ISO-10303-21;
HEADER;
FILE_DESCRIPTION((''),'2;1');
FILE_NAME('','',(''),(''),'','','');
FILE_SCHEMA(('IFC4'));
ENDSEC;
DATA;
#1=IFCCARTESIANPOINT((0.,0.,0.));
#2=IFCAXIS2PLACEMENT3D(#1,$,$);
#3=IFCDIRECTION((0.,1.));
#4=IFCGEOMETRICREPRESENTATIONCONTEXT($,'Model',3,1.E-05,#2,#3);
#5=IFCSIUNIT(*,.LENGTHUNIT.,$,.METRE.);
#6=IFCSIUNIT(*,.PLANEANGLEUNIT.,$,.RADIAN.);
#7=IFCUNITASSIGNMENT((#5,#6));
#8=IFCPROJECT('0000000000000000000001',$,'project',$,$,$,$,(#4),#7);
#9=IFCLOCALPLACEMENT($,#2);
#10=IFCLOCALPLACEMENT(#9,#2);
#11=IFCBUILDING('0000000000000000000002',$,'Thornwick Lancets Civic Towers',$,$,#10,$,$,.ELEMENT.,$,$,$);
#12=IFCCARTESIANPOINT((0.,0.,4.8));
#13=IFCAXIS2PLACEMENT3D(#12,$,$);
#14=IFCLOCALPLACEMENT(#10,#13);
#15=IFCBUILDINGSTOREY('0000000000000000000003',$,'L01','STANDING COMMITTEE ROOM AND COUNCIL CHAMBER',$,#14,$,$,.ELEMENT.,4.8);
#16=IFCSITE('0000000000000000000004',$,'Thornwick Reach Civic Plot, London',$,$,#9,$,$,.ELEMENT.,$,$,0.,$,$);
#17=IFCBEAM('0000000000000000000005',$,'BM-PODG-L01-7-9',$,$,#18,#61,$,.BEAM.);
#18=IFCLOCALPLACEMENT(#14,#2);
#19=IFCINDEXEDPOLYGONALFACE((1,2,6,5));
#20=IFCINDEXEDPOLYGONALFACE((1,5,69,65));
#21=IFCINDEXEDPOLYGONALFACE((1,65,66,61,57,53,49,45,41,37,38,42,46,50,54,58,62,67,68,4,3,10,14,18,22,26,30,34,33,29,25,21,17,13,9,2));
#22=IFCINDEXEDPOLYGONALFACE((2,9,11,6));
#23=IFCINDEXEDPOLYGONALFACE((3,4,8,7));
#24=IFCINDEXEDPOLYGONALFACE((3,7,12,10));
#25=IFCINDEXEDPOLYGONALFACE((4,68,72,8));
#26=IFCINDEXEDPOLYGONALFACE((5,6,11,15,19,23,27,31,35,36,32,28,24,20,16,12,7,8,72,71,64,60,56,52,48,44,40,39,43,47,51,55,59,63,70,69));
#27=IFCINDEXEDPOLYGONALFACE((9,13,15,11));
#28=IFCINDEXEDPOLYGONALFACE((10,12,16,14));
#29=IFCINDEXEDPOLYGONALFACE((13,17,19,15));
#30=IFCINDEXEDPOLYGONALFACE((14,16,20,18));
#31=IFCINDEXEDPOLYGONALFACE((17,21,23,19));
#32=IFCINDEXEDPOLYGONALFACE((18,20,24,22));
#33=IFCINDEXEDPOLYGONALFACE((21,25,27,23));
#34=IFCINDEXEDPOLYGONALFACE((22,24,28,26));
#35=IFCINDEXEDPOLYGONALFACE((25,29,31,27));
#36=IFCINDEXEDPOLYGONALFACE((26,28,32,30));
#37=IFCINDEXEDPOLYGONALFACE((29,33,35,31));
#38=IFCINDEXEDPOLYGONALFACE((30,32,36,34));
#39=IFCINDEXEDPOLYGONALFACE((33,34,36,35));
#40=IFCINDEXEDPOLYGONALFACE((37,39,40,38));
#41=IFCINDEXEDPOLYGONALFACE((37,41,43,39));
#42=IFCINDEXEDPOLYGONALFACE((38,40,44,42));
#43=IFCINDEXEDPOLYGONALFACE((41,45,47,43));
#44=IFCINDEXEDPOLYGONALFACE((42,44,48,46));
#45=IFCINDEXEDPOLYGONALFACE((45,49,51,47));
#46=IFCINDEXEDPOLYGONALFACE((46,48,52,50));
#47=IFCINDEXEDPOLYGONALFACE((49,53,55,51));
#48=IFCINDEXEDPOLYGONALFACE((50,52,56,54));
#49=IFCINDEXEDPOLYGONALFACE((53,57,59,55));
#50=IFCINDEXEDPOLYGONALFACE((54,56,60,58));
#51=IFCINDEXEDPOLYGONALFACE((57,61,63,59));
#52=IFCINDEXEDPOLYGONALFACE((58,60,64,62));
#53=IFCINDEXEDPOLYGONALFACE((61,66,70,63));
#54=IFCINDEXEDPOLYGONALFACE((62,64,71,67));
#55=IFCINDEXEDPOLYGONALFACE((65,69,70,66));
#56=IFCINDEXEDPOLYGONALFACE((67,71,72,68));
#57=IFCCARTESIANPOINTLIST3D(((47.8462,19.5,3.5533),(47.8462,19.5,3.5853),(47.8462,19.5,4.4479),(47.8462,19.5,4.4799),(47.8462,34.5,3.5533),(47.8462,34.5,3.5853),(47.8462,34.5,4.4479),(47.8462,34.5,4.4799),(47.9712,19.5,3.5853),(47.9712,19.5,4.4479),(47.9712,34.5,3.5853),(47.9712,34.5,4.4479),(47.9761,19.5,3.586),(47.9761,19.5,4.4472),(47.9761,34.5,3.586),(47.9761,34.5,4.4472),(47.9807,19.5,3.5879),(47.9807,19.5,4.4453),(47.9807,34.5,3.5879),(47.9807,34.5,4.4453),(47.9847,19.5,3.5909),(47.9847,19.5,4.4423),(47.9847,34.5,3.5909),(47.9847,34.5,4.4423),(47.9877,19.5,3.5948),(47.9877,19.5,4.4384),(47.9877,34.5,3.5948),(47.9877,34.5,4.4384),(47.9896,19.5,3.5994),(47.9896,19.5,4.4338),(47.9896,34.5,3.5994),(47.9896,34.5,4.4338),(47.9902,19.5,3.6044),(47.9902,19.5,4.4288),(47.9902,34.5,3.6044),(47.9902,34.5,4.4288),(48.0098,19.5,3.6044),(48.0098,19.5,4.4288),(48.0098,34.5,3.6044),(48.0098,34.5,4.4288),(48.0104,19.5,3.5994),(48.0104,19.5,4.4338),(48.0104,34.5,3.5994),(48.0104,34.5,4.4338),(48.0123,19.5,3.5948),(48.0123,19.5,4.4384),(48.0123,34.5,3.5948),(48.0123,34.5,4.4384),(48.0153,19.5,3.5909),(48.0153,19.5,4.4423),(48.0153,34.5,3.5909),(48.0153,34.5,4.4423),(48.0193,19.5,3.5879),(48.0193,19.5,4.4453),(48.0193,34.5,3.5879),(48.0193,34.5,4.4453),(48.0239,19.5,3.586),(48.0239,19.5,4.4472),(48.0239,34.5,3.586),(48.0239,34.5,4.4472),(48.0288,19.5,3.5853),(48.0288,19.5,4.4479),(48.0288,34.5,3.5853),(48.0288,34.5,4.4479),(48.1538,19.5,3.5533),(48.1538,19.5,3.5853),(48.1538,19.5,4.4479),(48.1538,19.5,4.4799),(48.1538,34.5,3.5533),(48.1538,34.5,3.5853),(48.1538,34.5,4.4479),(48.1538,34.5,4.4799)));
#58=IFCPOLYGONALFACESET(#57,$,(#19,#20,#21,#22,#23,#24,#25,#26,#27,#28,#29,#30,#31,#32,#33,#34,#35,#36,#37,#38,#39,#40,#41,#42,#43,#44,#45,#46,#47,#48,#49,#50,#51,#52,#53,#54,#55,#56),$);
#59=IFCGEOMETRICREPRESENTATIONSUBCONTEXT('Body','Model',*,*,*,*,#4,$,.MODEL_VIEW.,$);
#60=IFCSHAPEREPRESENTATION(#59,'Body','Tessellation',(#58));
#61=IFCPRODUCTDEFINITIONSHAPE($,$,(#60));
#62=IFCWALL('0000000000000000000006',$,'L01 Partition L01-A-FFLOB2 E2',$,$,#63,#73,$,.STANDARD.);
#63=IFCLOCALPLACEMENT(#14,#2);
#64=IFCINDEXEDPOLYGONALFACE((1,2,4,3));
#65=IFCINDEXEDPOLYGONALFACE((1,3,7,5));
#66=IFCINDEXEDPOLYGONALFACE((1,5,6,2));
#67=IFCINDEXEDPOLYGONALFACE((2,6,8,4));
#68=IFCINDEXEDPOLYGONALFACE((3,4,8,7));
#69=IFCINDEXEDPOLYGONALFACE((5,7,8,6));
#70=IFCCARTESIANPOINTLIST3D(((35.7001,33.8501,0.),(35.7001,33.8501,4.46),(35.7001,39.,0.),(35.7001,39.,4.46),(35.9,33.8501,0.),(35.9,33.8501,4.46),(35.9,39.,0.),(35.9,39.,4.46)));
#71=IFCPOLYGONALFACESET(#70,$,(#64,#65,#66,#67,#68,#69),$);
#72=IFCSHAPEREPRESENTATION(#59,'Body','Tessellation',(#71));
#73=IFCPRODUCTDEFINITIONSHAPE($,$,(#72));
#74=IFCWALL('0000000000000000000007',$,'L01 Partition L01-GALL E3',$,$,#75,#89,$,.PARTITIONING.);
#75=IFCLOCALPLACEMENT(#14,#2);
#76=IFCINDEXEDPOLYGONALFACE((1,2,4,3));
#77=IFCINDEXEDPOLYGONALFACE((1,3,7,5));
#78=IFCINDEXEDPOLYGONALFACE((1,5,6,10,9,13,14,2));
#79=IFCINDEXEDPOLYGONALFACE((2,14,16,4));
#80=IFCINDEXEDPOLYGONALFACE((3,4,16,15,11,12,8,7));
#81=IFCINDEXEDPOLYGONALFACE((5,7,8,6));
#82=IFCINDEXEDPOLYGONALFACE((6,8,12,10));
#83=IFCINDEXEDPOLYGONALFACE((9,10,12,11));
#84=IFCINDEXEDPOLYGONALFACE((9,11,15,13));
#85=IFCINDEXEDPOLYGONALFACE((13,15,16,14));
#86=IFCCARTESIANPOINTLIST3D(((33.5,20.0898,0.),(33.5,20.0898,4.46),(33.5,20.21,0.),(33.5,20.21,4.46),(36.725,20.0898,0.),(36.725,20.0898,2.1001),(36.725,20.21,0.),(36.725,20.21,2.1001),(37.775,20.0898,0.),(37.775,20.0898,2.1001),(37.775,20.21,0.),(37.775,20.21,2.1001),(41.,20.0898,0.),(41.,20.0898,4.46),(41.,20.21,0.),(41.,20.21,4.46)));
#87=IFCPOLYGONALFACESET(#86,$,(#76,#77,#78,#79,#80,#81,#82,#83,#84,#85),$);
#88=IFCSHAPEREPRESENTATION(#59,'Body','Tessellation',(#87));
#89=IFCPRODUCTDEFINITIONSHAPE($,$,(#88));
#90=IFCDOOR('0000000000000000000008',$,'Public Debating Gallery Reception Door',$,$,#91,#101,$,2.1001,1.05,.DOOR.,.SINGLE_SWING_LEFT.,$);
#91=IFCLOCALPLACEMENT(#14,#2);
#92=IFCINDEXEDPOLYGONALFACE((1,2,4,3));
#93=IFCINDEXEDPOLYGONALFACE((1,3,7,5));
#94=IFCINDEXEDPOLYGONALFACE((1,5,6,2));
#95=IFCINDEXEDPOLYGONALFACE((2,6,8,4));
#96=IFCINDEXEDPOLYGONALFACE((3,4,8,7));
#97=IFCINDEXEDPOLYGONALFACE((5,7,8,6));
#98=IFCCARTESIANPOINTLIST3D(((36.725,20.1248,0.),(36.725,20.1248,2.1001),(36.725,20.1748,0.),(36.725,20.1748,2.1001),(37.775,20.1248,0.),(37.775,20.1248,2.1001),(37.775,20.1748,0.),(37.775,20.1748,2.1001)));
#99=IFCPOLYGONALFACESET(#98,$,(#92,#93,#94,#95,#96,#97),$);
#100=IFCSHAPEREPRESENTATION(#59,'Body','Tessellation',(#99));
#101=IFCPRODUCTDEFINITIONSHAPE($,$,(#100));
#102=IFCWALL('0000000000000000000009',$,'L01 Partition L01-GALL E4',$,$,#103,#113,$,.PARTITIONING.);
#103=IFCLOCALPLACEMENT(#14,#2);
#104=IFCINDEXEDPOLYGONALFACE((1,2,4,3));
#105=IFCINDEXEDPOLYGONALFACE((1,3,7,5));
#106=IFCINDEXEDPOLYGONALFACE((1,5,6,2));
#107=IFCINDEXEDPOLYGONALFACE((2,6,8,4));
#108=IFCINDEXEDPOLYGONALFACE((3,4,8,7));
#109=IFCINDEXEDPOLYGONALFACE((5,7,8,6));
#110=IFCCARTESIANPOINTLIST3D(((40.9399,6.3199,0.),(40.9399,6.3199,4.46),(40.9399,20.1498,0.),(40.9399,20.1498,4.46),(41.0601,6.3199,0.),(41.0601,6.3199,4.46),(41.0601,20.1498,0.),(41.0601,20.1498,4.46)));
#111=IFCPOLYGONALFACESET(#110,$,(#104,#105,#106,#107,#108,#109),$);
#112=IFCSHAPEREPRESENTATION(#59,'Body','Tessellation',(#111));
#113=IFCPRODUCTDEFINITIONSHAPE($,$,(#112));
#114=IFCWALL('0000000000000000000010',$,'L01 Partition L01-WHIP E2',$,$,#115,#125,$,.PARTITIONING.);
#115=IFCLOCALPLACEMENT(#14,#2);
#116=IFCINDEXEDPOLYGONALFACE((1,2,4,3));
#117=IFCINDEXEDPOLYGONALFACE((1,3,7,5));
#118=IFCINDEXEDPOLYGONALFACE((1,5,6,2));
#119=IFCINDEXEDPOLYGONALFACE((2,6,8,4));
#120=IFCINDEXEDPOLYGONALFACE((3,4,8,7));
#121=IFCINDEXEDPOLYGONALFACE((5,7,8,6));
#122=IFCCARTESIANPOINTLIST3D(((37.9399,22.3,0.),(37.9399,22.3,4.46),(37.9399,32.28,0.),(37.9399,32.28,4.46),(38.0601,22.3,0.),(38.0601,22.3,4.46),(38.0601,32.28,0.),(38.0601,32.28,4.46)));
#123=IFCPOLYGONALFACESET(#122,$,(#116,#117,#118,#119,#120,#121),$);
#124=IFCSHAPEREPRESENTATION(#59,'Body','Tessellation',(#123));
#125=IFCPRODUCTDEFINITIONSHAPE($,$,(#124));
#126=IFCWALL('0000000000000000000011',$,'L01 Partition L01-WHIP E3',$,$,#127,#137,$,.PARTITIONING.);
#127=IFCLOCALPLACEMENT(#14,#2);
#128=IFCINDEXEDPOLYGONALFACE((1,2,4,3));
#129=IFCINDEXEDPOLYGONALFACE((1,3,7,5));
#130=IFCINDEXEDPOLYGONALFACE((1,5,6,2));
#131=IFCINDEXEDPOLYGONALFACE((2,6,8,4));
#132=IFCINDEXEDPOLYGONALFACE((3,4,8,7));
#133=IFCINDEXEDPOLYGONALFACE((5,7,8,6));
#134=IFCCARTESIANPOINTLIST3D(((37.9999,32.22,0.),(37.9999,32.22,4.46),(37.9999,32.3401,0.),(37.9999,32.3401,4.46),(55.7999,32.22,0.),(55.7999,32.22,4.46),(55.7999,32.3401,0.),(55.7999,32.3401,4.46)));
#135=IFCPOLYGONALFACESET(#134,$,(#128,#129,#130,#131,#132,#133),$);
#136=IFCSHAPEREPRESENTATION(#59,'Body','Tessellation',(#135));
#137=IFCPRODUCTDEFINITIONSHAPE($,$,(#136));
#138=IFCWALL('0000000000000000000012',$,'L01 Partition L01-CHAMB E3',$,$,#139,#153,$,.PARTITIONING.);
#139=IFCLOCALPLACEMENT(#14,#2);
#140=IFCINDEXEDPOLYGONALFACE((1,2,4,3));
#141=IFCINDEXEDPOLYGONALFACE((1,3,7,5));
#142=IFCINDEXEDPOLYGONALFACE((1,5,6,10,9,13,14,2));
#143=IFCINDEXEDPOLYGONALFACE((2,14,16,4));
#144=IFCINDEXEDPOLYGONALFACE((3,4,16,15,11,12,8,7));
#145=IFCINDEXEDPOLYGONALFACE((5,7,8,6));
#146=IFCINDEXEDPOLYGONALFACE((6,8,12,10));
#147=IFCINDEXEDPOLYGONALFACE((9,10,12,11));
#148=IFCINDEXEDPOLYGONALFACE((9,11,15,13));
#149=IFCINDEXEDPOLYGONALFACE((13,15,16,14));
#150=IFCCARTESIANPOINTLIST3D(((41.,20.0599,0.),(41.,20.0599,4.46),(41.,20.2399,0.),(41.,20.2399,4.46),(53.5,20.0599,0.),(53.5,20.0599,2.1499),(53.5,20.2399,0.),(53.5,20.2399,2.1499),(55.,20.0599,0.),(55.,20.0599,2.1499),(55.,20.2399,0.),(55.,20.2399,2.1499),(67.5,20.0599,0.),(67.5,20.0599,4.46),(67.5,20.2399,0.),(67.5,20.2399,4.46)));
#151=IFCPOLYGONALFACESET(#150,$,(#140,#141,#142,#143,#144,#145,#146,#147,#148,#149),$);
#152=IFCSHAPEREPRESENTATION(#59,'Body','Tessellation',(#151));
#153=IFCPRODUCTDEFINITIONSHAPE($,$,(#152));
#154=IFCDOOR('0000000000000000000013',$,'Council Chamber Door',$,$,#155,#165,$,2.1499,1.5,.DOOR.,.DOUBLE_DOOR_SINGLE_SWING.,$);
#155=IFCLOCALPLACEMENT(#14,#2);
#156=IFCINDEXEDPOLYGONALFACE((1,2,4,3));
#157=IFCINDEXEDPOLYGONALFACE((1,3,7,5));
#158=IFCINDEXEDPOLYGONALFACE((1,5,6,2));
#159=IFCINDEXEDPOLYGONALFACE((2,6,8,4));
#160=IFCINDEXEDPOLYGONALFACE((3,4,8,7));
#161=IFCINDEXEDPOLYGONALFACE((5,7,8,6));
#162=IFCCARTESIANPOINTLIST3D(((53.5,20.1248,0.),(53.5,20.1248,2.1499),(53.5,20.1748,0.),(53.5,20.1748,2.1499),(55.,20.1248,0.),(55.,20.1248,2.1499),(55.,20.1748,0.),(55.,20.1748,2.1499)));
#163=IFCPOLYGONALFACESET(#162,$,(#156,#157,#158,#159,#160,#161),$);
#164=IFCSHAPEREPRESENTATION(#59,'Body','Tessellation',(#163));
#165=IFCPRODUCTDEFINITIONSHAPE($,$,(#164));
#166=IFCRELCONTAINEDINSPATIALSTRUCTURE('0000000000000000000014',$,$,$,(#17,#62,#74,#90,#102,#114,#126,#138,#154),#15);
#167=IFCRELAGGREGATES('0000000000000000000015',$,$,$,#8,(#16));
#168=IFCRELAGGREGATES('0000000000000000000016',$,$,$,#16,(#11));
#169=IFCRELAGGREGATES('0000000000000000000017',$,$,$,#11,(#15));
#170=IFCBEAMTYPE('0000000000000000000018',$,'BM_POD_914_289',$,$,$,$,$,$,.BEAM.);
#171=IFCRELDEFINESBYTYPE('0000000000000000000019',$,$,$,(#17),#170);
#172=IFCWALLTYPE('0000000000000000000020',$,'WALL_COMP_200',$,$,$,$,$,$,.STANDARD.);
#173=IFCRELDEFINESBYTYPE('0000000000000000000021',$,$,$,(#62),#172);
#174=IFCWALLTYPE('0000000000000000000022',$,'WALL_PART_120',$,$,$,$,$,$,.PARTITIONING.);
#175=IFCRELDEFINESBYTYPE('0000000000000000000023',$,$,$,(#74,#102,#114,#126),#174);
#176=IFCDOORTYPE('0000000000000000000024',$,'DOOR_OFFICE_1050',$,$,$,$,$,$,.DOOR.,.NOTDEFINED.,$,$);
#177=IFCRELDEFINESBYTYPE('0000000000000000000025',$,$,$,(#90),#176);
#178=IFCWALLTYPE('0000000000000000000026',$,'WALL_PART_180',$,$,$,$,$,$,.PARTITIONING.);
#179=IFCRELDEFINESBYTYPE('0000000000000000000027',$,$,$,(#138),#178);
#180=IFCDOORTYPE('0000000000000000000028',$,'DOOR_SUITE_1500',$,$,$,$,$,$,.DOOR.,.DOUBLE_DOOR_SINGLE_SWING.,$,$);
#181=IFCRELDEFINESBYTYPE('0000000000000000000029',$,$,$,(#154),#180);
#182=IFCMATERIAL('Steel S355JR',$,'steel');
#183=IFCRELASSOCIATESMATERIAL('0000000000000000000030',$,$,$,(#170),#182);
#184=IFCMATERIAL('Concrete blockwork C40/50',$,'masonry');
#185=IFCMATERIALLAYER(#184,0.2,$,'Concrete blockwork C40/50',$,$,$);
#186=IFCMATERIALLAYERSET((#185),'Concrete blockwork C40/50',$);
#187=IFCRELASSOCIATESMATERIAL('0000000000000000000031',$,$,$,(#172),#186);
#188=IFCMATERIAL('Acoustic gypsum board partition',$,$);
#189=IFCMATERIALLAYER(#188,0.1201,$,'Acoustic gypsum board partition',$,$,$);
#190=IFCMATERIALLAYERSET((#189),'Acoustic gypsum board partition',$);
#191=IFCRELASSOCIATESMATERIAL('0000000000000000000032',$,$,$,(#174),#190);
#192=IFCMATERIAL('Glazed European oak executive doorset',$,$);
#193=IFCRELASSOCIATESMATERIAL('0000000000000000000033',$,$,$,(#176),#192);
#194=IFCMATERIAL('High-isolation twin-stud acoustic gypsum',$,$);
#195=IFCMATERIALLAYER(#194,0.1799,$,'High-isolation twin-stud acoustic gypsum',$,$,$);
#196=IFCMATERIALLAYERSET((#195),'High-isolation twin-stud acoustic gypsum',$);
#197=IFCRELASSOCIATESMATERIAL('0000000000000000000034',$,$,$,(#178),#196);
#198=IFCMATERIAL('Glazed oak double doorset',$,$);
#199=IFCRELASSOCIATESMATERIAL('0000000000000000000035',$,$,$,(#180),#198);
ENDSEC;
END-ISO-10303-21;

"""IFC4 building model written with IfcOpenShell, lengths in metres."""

from ifc_helpers import new_model, si_unit, direction, frame, frame_2d, origin, origin_2d, place, context, subcontext, project, spatial, rectangle, i_section, extrude, material, layer, layer_set, material_profile, profile_set, type_object, element, fill, save


model = new_model("IFC4")

# Units and contexts
model_context = context("Model", 3, precision=1e-05, world=origin(), true_north=direction((0.0, 1.0)))
body_context = subcontext(model_context, "Body", "Model", "MODEL_VIEW")
ifc_project = project(units=[si_unit("LENGTHUNIT", "METRE"), si_unit("PLANEANGLEUNIT", "RADIAN")], contexts=[model_context])

# Site, building, storey
site_placement = place(None, origin())
site = spatial("IfcSite", under=ifc_project, at=site_placement, Name="Thornwick Reach Civic Plot, London", CompositionType="ELEMENT", RefElevation=0.0)
building_placement = place(site_placement, origin())
building = spatial("IfcBuilding", under=site, at=building_placement, Name="Thornwick Lancets Civic Towers", CompositionType="ELEMENT")
storey_placement = place(building_placement, frame((0.0, 0.0, 4.8)))
storey = spatial("IfcBuildingStorey", under=building, at=storey_placement, Name="L01", Description="STANDING COMMITTEE ROOM AND COUNCIL CHAMBER", CompositionType="ELEMENT", Elevation=4.8)

# Beam
ifc_material_1 = material(Name="Steel S355JR", Category="steel")
ifc_material_profile_1 = material_profile(ifc_material_1, i_section(OverallWidth=0.3076, OverallDepth=0.9265, WebThickness=0.0195, FlangeThickness=0.032, FilletRadius=0.019, at=origin_2d()), Name="UKB 914x305x289")
ifc_profile_set_1 = profile_set([ifc_material_profile_1], Name="Steel S355JR")
beam_type_1 = type_object("IfcBeamType", Name="BM_POD_914_289", PredefinedType="BEAM", material=ifc_profile_set_1)
beam_1_placement = place(storey_placement, frame((48.0, 19.5, 4.0166), z_axis=(0.0, 1.0, 0.0), x_axis=(-1.0, 0.0, 0.0)))
element("IfcBeam", 1, at=beam_1_placement, inside=storey, type_object=beam_type_1, Name="BM-PODG-L01-7-9", PredefinedType="BEAM", context=body_context, shape_type="SweptSolid", body=[
    extrude(i_section(OverallWidth=0.3076, OverallDepth=0.9265, WebThickness=0.0195, FlangeThickness=0.032, FilletRadius=0.019, at=origin_2d()), origin(), (0.0, 0.0, 1.0), 15.0),
])

# Wall
ifc_material_2 = material(Name="Concrete blockwork C40/50", Category="masonry")
ifc_layer_1 = layer(ifc_material_2, 0.2, Name="Concrete blockwork C40/50")
ifc_layer_set_1 = layer_set([ifc_layer_1], Name="Concrete blockwork C40/50")
wall_type_1 = type_object("IfcWallType", Name="WALL_COMP_200", PredefinedType="STANDARD", material=ifc_layer_set_1)
wall_1_placement = place(storey_placement, frame((35.8, 33.8501, 0.0), z_axis=(0.0, 0.0, 1.0), x_axis=(0.0, 1.0, 0.0)))
element("IfcWall", 2, at=wall_1_placement, inside=storey, type_object=wall_type_1, Name="L01 Partition L01-A-FFLOB2 E2", PredefinedType="STANDARD", context=body_context, shape_type="SweptSolid", body=[
    extrude(rectangle(XDim=5.1499, YDim=0.2, at=frame_2d((2.575, 0.0))), origin(), (0.0, 0.0, 1.0), 4.46),
])

# Wall, opening, door
ifc_material_3 = material(Name="Acoustic gypsum board partition")
ifc_layer_2 = layer(ifc_material_3, 0.1201, Name="Acoustic gypsum board partition")
ifc_layer_set_2 = layer_set([ifc_layer_2], Name="Acoustic gypsum board partition")
wall_type_2 = type_object("IfcWallType", Name="WALL_PART_120", PredefinedType="PARTITIONING", material=ifc_layer_set_2)
wall_2_placement = place(storey_placement, frame((33.5, 20.1499, 0.0), z_axis=(0.0, 0.0, 1.0), x_axis=(1.0, 0.0, 0.0)))
wall_2 = element("IfcWall", 3, at=wall_2_placement, inside=storey, type_object=wall_type_2, Name="L01 Partition L01-GALL E3", PredefinedType="PARTITIONING", context=body_context, shape_type="SweptSolid", body=[
    extrude(rectangle(XDim=7.5, YDim=0.1201, at=frame_2d((3.75, 0.0))), origin(), (0.0, 0.0, 1.0), 4.46),
])
opening_1_placement = place(wall_2_placement, frame((3.2251, 0.0, 0.0)))
opening_1 = element("IfcOpeningElement", 4, at=opening_1_placement, cuts=wall_2, PredefinedType="OPENING", context=body_context, shape_type="SweptSolid", body=[
    extrude(rectangle(XDim=1.05, YDim=2.1001, at=frame_2d((0.5249, 1.05))), frame((0.0, 0.0701, 0.0), z_axis=(0.0, -1.0, 0.0), x_axis=(1.0, 0.0, 0.0)), (0.0, 0.0, 1.0), 0.1401),
])
ifc_material_4 = material(Name="Glazed European oak executive doorset")
door_type_1 = type_object("IfcDoorType", Name="DOOR_OFFICE_1050", OperationType="NOTDEFINED", PredefinedType="DOOR", material=ifc_material_4)
door_1_placement = place(opening_1_placement, origin())
door_1 = element("IfcDoor", 5, at=door_1_placement, inside=storey, type_object=door_type_1, Name="Public Debating Gallery Reception Door", OperationType="SINGLE_SWING_LEFT", OverallHeight=2.1001, OverallWidth=1.05, PredefinedType="DOOR", context=body_context, shape_type="SweptSolid", body=[
    extrude(rectangle(XDim=1.05, YDim=2.1001, at=frame_2d((0.5249, 1.05))), frame((0.0, 0.0249, 0.0), z_axis=(0.0, -1.0, 0.0), x_axis=(1.0, 0.0, 0.0)), (0.0, 0.0, 1.0), 0.05),
])
fill(opening_1, door_1)

# Walls
wall_3_placement = place(storey_placement, frame((41.0, 20.1499, 0.0), z_axis=(0.0, 0.0, 1.0), x_axis=(0.0, -1.0, 0.0)))
element("IfcWall", 6, at=wall_3_placement, inside=storey, type_object=wall_type_2, Name="L01 Partition L01-GALL E4", PredefinedType="PARTITIONING", context=body_context, shape_type="SweptSolid", body=[
    extrude(rectangle(XDim=13.8298, YDim=0.1201, at=frame_2d((6.915, 0.0))), origin(), (0.0, 0.0, 1.0), 4.46),
])
wall_4_placement = place(storey_placement, frame((38.0, 22.3, 0.0), z_axis=(0.0, 0.0, 1.0), x_axis=(0.0, 1.0, 0.0)))
element("IfcWall", 7, at=wall_4_placement, inside=storey, type_object=wall_type_2, Name="L01 Partition L01-WHIP E2", PredefinedType="PARTITIONING", context=body_context, shape_type="SweptSolid", body=[
    extrude(rectangle(XDim=9.98, YDim=0.1201, at=frame_2d((4.99, 0.0))), origin(), (0.0, 0.0, 1.0), 4.46),
])
wall_5_placement = place(storey_placement, frame((38.0, 32.28, 0.0), z_axis=(0.0, 0.0, 1.0), x_axis=(1.0, 0.0, 0.0)))
element("IfcWall", 8, at=wall_5_placement, inside=storey, type_object=wall_type_2, Name="L01 Partition L01-WHIP E3", PredefinedType="PARTITIONING", context=body_context, shape_type="SweptSolid", body=[
    extrude(rectangle(XDim=17.8, YDim=0.1201, at=frame_2d((8.8999, 0.0))), origin(), (0.0, 0.0, 1.0), 4.46),
])

# Wall, opening, door
ifc_material_5 = material(Name="High-isolation twin-stud acoustic gypsum")
ifc_layer_3 = layer(ifc_material_5, 0.1799, Name="High-isolation twin-stud acoustic gypsum")
ifc_layer_set_3 = layer_set([ifc_layer_3], Name="High-isolation twin-stud acoustic gypsum")
wall_type_3 = type_object("IfcWallType", Name="WALL_PART_180", PredefinedType="PARTITIONING", material=ifc_layer_set_3)
wall_6_placement = place(storey_placement, frame((41.0, 20.1499, 0.0), z_axis=(0.0, 0.0, 1.0), x_axis=(1.0, 0.0, 0.0)))
wall_6 = element("IfcWall", 9, at=wall_6_placement, inside=storey, type_object=wall_type_3, Name="L01 Partition L01-CHAMB E3", PredefinedType="PARTITIONING", context=body_context, shape_type="SweptSolid", body=[
    extrude(rectangle(XDim=26.5, YDim=0.1799, at=frame_2d((13.25, 0.0))), origin(), (0.0, 0.0, 1.0), 4.46),
])
opening_2_placement = place(wall_6_placement, frame((12.5, 0.0, 0.0)))
opening_2 = element("IfcOpeningElement", 10, at=opening_2_placement, cuts=wall_6, PredefinedType="OPENING", context=body_context, shape_type="SweptSolid", body=[
    extrude(rectangle(XDim=1.5, YDim=2.1499, at=frame_2d((0.75, 1.075))), frame((0.0, 0.1001, 0.0), z_axis=(0.0, -1.0, 0.0), x_axis=(1.0, 0.0, 0.0)), (0.0, 0.0, 1.0), 0.2),
])
ifc_material_6 = material(Name="Glazed oak double doorset")
door_type_2 = type_object("IfcDoorType", Name="DOOR_SUITE_1500", OperationType="DOUBLE_DOOR_SINGLE_SWING", PredefinedType="DOOR", material=ifc_material_6)
door_2_placement = place(opening_2_placement, origin())
door_2 = element("IfcDoor", 11, at=door_2_placement, inside=storey, type_object=door_type_2, Name="Council Chamber Door", OperationType="DOUBLE_DOOR_SINGLE_SWING", OverallHeight=2.1499, OverallWidth=1.5, PredefinedType="DOOR", context=body_context, shape_type="SweptSolid", body=[
    extrude(rectangle(XDim=1.5, YDim=2.1499, at=frame_2d((0.75, 1.075))), frame((0.0, 0.0249, 0.0), z_axis=(0.0, -1.0, 0.0), x_axis=(1.0, 0.0, 0.0)), (0.0, 0.0, 1.0), 0.05),
])
fill(opening_2, door_2)

save(model, "model.ifc")
